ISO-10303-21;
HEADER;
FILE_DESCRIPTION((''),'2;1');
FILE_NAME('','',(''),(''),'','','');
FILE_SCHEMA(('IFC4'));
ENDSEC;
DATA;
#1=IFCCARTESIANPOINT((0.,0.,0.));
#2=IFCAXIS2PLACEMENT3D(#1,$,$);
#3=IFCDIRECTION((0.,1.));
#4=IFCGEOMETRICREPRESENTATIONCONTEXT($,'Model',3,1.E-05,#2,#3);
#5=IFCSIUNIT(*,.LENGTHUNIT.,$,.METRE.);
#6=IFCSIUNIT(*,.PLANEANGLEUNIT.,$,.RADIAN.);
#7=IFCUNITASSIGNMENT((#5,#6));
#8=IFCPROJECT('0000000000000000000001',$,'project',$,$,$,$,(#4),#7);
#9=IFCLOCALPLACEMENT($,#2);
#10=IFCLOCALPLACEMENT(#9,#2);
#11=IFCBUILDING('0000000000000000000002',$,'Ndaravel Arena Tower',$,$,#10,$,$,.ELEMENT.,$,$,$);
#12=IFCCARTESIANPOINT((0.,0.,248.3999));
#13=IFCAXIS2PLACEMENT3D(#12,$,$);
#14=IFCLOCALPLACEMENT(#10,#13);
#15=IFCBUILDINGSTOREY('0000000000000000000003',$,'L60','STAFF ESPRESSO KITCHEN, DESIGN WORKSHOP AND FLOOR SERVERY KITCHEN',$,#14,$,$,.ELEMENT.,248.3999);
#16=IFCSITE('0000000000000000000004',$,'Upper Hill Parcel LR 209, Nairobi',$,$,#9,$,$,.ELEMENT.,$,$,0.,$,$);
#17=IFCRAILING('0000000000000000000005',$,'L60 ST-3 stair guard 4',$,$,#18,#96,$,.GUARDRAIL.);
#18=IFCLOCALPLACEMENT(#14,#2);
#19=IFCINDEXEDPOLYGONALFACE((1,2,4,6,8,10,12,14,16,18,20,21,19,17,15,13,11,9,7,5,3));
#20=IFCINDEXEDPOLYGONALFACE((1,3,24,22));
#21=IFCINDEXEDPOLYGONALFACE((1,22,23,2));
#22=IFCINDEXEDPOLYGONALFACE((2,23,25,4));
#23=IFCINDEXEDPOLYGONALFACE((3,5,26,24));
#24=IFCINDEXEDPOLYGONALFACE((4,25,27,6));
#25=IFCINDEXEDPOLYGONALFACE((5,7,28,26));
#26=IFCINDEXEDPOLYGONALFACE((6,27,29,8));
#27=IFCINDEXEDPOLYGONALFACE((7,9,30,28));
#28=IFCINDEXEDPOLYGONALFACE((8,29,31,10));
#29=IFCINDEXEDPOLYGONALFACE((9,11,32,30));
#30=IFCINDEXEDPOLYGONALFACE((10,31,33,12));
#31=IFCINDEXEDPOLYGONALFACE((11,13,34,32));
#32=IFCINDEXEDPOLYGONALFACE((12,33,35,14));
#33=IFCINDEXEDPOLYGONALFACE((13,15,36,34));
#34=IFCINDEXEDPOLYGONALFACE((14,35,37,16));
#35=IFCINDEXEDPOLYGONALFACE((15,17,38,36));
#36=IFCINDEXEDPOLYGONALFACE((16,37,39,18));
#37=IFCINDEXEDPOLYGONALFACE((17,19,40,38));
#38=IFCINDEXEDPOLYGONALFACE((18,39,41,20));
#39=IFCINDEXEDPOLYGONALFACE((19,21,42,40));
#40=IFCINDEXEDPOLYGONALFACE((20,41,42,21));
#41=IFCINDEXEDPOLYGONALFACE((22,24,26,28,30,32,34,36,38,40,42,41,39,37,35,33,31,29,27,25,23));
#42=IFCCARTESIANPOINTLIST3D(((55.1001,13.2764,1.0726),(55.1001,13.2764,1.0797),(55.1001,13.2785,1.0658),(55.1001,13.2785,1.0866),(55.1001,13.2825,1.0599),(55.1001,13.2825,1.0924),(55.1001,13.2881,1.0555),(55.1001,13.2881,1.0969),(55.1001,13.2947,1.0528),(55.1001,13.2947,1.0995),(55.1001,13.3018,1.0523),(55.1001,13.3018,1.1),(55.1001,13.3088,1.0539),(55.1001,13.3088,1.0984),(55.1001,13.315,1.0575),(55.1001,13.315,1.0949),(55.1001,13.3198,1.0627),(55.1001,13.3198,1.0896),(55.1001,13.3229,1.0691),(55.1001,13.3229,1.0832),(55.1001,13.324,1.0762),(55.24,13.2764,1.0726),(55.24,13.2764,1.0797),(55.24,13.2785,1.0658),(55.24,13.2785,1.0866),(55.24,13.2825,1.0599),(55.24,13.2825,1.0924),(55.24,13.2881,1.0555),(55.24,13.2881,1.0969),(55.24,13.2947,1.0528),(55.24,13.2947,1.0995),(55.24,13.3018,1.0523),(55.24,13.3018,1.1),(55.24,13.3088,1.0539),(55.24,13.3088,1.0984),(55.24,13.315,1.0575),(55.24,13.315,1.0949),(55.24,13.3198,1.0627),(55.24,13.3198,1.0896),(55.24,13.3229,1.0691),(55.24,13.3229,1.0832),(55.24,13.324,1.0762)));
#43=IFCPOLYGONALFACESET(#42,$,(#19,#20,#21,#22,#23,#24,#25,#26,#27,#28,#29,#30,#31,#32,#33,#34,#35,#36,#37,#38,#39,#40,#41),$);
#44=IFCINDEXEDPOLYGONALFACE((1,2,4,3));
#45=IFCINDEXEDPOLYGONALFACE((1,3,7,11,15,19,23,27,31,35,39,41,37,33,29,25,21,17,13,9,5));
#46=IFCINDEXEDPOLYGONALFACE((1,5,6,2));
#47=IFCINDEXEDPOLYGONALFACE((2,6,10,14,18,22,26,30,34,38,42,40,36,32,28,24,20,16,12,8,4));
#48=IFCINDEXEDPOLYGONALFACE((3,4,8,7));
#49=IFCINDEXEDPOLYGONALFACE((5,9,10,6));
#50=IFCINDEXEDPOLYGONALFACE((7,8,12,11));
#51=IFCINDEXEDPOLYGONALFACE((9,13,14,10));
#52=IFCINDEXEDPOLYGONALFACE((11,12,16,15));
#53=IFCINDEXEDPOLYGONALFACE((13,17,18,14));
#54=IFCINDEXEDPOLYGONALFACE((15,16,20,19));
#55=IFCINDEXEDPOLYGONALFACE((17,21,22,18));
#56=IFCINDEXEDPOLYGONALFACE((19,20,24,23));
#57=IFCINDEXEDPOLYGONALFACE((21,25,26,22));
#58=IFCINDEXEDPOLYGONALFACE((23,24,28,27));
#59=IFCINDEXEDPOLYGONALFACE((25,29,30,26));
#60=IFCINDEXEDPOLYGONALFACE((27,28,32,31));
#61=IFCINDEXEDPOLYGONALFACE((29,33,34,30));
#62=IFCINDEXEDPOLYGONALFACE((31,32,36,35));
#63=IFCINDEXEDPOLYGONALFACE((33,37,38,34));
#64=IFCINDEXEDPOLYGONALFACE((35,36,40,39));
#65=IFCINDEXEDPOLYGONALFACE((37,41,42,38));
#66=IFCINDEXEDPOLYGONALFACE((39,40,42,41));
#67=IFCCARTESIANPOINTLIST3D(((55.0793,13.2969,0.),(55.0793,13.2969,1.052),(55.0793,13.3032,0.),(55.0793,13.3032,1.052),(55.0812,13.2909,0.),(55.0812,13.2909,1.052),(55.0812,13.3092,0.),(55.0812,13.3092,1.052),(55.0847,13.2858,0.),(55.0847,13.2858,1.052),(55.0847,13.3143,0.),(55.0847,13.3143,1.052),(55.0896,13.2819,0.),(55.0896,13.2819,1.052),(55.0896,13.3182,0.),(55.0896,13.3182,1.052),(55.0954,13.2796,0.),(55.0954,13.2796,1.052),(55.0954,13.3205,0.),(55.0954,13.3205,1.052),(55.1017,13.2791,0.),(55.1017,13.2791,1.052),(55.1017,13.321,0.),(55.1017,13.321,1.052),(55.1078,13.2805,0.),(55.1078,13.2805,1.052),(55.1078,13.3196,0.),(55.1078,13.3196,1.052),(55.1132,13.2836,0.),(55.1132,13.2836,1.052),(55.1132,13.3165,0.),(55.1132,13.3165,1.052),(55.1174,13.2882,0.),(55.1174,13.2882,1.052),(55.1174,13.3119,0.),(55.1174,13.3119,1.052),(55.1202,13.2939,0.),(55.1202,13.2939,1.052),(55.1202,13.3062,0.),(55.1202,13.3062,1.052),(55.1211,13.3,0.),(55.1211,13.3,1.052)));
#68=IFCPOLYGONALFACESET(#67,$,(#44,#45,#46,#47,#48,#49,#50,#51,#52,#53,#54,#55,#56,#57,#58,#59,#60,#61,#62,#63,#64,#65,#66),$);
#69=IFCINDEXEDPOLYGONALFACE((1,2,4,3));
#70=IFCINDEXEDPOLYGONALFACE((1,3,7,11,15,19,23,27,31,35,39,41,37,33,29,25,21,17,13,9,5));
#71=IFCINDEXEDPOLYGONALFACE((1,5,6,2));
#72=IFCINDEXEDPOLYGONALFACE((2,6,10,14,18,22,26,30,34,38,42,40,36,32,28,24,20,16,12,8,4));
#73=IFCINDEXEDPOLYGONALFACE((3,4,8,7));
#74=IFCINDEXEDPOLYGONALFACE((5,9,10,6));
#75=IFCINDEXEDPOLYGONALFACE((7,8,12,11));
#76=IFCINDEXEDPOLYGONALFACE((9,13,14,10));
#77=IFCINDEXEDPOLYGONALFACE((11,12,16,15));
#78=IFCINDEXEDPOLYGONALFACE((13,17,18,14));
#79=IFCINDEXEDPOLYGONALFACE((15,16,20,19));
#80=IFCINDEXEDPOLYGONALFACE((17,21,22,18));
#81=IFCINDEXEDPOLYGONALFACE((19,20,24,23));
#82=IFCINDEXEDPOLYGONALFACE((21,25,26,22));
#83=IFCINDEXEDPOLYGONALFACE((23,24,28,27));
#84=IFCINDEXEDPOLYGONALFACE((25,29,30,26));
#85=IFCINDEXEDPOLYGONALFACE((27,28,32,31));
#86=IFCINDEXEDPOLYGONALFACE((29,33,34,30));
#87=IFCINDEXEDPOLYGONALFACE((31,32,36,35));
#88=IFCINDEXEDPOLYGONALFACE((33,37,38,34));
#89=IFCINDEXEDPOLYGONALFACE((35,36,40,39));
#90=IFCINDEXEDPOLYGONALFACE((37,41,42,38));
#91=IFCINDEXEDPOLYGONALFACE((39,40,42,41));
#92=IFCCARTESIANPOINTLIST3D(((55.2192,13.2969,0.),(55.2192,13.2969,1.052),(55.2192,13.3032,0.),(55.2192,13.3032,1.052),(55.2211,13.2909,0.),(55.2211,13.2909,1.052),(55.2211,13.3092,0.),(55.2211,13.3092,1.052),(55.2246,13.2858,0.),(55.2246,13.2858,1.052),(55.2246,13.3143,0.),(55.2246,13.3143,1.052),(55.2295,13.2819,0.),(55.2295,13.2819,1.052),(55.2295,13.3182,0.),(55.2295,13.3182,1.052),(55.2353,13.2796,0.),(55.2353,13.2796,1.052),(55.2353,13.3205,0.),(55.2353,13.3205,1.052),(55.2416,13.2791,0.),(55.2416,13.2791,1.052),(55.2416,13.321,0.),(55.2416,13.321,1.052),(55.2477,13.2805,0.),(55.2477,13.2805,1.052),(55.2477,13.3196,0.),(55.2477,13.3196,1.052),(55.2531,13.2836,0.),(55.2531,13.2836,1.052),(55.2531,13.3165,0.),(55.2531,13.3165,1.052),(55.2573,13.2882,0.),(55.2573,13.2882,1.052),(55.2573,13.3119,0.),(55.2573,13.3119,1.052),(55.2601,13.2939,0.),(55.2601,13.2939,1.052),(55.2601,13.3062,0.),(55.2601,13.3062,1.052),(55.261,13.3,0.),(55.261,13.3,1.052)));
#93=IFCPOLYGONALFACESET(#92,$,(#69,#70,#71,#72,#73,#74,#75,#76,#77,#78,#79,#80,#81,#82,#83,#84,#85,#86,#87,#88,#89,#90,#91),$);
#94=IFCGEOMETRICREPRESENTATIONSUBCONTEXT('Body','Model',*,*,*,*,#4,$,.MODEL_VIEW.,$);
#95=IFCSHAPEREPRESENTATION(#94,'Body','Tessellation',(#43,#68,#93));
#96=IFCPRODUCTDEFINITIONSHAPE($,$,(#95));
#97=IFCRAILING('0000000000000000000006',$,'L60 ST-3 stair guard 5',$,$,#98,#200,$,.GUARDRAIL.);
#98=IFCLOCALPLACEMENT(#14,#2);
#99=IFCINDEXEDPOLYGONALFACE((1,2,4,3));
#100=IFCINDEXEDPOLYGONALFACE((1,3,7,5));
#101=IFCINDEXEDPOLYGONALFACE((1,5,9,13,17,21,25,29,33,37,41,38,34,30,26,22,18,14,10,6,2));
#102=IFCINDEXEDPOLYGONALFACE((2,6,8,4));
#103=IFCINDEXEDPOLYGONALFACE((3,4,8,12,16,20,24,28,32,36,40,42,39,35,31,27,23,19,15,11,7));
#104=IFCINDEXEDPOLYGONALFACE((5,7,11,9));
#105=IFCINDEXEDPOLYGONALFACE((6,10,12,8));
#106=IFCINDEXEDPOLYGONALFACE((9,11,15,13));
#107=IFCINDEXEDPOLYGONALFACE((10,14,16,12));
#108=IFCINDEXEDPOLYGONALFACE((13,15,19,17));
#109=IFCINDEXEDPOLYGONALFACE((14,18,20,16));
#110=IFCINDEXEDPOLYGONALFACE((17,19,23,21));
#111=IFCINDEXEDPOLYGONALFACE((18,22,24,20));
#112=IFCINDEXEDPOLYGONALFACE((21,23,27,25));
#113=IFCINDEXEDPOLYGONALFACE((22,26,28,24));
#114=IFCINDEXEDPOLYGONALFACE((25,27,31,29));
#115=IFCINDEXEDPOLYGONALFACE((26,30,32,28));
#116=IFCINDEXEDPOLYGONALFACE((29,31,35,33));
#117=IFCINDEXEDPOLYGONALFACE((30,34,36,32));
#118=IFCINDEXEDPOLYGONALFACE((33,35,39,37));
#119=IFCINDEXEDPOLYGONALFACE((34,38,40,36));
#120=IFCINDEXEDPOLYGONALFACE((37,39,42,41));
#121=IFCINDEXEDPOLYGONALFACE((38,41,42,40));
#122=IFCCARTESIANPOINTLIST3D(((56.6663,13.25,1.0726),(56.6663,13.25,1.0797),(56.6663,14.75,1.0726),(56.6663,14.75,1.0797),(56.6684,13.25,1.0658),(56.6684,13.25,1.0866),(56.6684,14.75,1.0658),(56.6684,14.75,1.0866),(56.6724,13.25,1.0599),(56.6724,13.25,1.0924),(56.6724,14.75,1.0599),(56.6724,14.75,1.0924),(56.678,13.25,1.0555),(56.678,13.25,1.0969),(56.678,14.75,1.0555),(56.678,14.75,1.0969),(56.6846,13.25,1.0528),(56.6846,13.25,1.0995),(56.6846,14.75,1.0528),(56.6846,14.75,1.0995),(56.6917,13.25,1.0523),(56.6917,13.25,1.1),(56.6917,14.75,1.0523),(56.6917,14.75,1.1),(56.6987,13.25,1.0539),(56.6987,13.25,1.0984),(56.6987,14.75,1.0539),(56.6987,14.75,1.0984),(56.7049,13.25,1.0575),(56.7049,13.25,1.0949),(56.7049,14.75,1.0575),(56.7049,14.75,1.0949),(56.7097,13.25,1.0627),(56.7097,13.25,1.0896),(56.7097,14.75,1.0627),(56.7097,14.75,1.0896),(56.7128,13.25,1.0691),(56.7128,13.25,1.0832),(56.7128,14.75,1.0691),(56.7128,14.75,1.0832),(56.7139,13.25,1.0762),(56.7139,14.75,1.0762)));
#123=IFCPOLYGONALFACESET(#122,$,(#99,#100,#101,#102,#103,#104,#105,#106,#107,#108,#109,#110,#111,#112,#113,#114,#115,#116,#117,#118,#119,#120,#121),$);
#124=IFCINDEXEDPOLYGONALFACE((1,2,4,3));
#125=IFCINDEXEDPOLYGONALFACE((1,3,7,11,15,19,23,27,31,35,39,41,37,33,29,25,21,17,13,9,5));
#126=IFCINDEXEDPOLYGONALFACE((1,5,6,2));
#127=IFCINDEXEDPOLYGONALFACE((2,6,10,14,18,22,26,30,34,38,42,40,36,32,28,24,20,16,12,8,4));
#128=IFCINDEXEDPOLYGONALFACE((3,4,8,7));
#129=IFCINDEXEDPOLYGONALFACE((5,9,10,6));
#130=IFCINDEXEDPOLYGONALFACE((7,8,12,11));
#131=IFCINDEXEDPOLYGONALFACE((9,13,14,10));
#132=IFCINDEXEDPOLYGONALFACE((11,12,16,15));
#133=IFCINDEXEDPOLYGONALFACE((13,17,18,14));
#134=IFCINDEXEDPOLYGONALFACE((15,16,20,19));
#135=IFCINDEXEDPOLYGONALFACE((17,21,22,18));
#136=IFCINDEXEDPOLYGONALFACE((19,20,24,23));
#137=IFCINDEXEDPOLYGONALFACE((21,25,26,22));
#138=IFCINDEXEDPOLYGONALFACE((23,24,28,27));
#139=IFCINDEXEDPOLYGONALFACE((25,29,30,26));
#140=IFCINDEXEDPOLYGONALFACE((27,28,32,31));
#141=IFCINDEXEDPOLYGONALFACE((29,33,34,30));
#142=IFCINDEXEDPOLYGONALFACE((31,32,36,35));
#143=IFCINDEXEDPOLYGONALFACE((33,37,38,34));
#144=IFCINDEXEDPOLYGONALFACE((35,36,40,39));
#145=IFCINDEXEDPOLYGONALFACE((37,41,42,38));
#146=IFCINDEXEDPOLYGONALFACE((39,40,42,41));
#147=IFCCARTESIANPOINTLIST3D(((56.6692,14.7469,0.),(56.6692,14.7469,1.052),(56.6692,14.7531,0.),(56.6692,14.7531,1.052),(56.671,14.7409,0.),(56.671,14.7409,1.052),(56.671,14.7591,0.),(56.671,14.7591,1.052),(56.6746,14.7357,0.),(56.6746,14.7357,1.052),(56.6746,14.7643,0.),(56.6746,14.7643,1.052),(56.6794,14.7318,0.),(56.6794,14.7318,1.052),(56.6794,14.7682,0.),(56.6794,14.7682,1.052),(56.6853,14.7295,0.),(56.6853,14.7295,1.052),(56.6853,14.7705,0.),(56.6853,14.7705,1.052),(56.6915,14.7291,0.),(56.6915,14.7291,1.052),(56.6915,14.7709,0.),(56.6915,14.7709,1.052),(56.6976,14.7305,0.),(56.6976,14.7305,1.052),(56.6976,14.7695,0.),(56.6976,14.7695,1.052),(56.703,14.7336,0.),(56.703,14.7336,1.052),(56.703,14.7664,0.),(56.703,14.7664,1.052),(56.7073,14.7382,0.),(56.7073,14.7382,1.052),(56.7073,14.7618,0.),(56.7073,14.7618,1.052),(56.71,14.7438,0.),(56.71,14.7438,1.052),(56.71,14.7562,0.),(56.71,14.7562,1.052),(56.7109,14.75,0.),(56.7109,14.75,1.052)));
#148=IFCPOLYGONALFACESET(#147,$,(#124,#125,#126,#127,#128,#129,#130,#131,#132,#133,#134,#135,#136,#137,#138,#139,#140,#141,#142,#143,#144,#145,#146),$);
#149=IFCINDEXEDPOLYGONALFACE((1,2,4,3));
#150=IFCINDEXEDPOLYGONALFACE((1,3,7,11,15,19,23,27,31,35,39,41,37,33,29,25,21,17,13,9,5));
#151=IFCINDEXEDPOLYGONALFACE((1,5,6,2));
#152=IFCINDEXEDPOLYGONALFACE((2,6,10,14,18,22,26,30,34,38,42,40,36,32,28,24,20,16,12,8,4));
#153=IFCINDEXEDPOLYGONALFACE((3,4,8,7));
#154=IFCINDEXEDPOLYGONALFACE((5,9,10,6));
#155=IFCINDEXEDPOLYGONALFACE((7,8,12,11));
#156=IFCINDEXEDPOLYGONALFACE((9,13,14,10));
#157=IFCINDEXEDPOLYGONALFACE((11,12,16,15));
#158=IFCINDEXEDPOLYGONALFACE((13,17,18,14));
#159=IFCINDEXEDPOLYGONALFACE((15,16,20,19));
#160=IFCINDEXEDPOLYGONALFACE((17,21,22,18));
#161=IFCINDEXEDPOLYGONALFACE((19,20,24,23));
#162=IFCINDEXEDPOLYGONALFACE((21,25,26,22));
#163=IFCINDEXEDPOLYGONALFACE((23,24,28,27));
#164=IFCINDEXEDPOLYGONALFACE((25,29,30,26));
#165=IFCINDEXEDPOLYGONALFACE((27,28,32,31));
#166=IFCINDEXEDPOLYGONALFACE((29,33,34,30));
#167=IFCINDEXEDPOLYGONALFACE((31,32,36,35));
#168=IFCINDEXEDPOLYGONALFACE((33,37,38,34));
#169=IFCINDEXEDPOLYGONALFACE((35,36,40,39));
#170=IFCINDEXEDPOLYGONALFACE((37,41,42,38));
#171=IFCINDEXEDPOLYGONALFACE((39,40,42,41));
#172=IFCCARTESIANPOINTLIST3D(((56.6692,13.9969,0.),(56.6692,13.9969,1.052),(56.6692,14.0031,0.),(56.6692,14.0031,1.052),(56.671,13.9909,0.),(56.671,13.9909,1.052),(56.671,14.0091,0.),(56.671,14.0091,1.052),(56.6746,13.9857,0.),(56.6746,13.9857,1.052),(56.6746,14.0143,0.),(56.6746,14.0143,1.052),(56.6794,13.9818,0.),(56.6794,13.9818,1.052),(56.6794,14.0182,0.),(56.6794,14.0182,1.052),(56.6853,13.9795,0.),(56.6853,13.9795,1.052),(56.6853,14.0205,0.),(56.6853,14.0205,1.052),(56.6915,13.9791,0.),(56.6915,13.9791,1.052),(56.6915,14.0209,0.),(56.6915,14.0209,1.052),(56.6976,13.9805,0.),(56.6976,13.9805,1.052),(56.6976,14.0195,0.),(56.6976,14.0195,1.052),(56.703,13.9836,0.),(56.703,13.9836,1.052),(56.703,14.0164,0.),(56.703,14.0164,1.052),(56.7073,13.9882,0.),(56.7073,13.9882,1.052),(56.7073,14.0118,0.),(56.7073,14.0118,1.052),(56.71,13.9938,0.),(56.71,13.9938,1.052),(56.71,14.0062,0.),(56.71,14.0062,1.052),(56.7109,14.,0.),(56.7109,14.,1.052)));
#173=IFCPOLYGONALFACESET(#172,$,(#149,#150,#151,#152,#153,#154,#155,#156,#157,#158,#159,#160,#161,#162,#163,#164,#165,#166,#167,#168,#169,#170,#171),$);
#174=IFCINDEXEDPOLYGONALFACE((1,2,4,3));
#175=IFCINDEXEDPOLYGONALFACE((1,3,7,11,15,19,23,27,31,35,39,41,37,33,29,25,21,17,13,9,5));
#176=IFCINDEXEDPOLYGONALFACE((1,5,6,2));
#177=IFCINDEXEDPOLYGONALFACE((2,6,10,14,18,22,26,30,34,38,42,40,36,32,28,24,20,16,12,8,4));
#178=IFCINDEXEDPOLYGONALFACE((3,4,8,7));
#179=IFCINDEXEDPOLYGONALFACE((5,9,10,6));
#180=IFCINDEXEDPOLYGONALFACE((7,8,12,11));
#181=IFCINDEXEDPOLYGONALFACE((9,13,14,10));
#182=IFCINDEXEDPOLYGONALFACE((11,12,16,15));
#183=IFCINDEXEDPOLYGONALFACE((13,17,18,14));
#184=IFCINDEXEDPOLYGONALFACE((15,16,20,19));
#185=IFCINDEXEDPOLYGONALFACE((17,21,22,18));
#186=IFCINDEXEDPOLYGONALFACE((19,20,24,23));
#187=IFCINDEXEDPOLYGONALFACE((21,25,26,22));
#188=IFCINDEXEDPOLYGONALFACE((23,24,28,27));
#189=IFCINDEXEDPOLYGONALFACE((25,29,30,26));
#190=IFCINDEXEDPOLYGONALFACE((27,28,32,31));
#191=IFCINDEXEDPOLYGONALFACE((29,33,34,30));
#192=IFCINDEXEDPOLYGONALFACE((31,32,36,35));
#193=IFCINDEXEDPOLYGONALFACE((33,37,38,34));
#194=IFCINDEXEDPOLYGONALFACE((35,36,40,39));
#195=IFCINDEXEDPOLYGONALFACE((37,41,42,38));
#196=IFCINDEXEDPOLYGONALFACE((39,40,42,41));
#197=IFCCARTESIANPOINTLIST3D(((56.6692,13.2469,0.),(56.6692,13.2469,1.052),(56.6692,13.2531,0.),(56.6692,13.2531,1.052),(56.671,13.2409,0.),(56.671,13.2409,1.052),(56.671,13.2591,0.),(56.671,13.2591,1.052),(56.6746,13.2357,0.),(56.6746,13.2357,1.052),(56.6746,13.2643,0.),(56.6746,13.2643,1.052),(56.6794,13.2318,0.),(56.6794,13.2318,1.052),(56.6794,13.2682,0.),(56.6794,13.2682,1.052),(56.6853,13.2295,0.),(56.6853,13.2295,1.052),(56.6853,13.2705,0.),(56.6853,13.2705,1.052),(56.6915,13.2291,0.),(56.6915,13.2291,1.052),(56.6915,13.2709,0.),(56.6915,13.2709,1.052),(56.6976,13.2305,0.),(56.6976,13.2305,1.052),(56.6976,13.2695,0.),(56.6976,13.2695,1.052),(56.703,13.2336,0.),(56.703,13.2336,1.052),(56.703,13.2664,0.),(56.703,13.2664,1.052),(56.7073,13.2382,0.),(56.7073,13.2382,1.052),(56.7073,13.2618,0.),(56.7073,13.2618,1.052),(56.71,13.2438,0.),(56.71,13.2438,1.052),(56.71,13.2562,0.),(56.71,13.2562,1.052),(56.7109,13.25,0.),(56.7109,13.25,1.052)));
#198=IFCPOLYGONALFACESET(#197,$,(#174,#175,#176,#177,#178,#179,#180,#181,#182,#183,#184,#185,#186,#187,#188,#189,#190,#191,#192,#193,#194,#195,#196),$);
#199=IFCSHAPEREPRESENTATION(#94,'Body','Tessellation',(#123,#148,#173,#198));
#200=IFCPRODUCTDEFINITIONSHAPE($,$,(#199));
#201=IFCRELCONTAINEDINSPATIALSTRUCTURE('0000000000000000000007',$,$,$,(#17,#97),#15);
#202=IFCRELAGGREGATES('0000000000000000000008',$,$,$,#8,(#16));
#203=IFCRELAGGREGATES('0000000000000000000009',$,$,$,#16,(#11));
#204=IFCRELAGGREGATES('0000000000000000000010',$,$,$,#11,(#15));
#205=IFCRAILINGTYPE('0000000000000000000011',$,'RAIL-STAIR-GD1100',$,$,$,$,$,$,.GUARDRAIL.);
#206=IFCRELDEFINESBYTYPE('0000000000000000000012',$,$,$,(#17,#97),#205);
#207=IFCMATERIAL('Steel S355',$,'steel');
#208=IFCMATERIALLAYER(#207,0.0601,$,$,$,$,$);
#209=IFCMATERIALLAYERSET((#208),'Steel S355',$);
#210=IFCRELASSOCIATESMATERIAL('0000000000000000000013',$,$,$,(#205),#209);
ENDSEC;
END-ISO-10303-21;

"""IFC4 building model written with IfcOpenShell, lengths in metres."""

from ifc_helpers import new_model, si_unit, direction, frame, origin, origin_2d, place, context, subcontext, project, spatial, circle, extrude, material, layer, layer_set, type_object, element, save


model = new_model("IFC4")

# Units and contexts
model_context = context("Model", 3, precision=1e-05, world=origin(), true_north=direction((0.0, 1.0)))
body_context = subcontext(model_context, "Body", "Model", "MODEL_VIEW")
ifc_project = project(units=[si_unit("LENGTHUNIT", "METRE"), si_unit("PLANEANGLEUNIT", "RADIAN")], contexts=[model_context])

# Site, building, storey
site_placement = place(None, origin())
site = spatial("IfcSite", under=ifc_project, at=site_placement, Name="Upper Hill Parcel LR 209, Nairobi", CompositionType="ELEMENT", RefElevation=0.0)
building_placement = place(site_placement, origin())
building = spatial("IfcBuilding", under=site, at=building_placement, Name="Ndaravel Arena Tower", CompositionType="ELEMENT")
storey_placement = place(building_placement, frame((0.0, 0.0, 248.3999)))
storey = spatial("IfcBuildingStorey", under=building, at=storey_placement, Name="L60", Description="STAFF ESPRESSO KITCHEN, DESIGN WORKSHOP AND FLOOR SERVERY KITCHEN", CompositionType="ELEMENT", Elevation=248.3999)

# Railings
ifc_material_1 = material(Name="Steel S355", Category="steel")
ifc_layer_1 = layer(ifc_material_1, 0.0601)
ifc_layer_set_1 = layer_set([ifc_layer_1], Name="Steel S355")
railing_type = type_object("IfcRailingType", Name="RAIL-STAIR-GD1100", PredefinedType="GUARDRAIL", material=ifc_layer_set_1)
railing_1_placement = place(storey_placement, frame((55.1001, 13.3, 0.0)))
element("IfcRailing", 1, at=railing_1_placement, inside=storey, type_object=railing_type, Name="L60 ST-3 stair guard 4", PredefinedType="GUARDRAIL", context=body_context, shape_type="SweptSolid", body=[
    extrude(circle(Radius=0.0239, at=origin_2d()), frame((0.0, 0.0, 1.0762), z_axis=(1.0, 0.0, 0.0), x_axis=(0.0, 1.0, 0.0)), (0.0, 0.0, 1.0), 0.1399),
    extrude(circle(Radius=0.021, at=origin_2d()), origin(), (0.0, 0.0, 1.0), 1.052),
    extrude(circle(Radius=0.021, at=origin_2d()), frame((0.1399, 0.0, 0.0)), (0.0, 0.0, 1.0), 1.052),
])
railing_2_placement = place(storey_placement, frame((56.6899, 14.75, 0.0)))
element("IfcRailing", 2, at=railing_2_placement, inside=storey, type_object=railing_type, Name="L60 ST-3 stair guard 5", PredefinedType="GUARDRAIL", context=body_context, shape_type="SweptSolid", body=[
    extrude(circle(Radius=0.0239, at=origin_2d()), frame((0.0, 0.0, 1.0762), z_axis=(0.0, -1.0, 0.0), x_axis=(1.0, 0.0, 0.0)), (0.0, 0.0, 1.0), 1.5),
    extrude(circle(Radius=0.021, at=origin_2d()), origin(), (0.0, 0.0, 1.0), 1.052),
    extrude(circle(Radius=0.021, at=origin_2d()), frame((0.0, -0.75, 0.0)), (0.0, 0.0, 1.0), 1.052),
    extrude(circle(Radius=0.021, at=origin_2d()), frame((0.0, -1.5, 0.0)), (0.0, 0.0, 1.0), 1.052),
])

save(model, "model.ifc")
